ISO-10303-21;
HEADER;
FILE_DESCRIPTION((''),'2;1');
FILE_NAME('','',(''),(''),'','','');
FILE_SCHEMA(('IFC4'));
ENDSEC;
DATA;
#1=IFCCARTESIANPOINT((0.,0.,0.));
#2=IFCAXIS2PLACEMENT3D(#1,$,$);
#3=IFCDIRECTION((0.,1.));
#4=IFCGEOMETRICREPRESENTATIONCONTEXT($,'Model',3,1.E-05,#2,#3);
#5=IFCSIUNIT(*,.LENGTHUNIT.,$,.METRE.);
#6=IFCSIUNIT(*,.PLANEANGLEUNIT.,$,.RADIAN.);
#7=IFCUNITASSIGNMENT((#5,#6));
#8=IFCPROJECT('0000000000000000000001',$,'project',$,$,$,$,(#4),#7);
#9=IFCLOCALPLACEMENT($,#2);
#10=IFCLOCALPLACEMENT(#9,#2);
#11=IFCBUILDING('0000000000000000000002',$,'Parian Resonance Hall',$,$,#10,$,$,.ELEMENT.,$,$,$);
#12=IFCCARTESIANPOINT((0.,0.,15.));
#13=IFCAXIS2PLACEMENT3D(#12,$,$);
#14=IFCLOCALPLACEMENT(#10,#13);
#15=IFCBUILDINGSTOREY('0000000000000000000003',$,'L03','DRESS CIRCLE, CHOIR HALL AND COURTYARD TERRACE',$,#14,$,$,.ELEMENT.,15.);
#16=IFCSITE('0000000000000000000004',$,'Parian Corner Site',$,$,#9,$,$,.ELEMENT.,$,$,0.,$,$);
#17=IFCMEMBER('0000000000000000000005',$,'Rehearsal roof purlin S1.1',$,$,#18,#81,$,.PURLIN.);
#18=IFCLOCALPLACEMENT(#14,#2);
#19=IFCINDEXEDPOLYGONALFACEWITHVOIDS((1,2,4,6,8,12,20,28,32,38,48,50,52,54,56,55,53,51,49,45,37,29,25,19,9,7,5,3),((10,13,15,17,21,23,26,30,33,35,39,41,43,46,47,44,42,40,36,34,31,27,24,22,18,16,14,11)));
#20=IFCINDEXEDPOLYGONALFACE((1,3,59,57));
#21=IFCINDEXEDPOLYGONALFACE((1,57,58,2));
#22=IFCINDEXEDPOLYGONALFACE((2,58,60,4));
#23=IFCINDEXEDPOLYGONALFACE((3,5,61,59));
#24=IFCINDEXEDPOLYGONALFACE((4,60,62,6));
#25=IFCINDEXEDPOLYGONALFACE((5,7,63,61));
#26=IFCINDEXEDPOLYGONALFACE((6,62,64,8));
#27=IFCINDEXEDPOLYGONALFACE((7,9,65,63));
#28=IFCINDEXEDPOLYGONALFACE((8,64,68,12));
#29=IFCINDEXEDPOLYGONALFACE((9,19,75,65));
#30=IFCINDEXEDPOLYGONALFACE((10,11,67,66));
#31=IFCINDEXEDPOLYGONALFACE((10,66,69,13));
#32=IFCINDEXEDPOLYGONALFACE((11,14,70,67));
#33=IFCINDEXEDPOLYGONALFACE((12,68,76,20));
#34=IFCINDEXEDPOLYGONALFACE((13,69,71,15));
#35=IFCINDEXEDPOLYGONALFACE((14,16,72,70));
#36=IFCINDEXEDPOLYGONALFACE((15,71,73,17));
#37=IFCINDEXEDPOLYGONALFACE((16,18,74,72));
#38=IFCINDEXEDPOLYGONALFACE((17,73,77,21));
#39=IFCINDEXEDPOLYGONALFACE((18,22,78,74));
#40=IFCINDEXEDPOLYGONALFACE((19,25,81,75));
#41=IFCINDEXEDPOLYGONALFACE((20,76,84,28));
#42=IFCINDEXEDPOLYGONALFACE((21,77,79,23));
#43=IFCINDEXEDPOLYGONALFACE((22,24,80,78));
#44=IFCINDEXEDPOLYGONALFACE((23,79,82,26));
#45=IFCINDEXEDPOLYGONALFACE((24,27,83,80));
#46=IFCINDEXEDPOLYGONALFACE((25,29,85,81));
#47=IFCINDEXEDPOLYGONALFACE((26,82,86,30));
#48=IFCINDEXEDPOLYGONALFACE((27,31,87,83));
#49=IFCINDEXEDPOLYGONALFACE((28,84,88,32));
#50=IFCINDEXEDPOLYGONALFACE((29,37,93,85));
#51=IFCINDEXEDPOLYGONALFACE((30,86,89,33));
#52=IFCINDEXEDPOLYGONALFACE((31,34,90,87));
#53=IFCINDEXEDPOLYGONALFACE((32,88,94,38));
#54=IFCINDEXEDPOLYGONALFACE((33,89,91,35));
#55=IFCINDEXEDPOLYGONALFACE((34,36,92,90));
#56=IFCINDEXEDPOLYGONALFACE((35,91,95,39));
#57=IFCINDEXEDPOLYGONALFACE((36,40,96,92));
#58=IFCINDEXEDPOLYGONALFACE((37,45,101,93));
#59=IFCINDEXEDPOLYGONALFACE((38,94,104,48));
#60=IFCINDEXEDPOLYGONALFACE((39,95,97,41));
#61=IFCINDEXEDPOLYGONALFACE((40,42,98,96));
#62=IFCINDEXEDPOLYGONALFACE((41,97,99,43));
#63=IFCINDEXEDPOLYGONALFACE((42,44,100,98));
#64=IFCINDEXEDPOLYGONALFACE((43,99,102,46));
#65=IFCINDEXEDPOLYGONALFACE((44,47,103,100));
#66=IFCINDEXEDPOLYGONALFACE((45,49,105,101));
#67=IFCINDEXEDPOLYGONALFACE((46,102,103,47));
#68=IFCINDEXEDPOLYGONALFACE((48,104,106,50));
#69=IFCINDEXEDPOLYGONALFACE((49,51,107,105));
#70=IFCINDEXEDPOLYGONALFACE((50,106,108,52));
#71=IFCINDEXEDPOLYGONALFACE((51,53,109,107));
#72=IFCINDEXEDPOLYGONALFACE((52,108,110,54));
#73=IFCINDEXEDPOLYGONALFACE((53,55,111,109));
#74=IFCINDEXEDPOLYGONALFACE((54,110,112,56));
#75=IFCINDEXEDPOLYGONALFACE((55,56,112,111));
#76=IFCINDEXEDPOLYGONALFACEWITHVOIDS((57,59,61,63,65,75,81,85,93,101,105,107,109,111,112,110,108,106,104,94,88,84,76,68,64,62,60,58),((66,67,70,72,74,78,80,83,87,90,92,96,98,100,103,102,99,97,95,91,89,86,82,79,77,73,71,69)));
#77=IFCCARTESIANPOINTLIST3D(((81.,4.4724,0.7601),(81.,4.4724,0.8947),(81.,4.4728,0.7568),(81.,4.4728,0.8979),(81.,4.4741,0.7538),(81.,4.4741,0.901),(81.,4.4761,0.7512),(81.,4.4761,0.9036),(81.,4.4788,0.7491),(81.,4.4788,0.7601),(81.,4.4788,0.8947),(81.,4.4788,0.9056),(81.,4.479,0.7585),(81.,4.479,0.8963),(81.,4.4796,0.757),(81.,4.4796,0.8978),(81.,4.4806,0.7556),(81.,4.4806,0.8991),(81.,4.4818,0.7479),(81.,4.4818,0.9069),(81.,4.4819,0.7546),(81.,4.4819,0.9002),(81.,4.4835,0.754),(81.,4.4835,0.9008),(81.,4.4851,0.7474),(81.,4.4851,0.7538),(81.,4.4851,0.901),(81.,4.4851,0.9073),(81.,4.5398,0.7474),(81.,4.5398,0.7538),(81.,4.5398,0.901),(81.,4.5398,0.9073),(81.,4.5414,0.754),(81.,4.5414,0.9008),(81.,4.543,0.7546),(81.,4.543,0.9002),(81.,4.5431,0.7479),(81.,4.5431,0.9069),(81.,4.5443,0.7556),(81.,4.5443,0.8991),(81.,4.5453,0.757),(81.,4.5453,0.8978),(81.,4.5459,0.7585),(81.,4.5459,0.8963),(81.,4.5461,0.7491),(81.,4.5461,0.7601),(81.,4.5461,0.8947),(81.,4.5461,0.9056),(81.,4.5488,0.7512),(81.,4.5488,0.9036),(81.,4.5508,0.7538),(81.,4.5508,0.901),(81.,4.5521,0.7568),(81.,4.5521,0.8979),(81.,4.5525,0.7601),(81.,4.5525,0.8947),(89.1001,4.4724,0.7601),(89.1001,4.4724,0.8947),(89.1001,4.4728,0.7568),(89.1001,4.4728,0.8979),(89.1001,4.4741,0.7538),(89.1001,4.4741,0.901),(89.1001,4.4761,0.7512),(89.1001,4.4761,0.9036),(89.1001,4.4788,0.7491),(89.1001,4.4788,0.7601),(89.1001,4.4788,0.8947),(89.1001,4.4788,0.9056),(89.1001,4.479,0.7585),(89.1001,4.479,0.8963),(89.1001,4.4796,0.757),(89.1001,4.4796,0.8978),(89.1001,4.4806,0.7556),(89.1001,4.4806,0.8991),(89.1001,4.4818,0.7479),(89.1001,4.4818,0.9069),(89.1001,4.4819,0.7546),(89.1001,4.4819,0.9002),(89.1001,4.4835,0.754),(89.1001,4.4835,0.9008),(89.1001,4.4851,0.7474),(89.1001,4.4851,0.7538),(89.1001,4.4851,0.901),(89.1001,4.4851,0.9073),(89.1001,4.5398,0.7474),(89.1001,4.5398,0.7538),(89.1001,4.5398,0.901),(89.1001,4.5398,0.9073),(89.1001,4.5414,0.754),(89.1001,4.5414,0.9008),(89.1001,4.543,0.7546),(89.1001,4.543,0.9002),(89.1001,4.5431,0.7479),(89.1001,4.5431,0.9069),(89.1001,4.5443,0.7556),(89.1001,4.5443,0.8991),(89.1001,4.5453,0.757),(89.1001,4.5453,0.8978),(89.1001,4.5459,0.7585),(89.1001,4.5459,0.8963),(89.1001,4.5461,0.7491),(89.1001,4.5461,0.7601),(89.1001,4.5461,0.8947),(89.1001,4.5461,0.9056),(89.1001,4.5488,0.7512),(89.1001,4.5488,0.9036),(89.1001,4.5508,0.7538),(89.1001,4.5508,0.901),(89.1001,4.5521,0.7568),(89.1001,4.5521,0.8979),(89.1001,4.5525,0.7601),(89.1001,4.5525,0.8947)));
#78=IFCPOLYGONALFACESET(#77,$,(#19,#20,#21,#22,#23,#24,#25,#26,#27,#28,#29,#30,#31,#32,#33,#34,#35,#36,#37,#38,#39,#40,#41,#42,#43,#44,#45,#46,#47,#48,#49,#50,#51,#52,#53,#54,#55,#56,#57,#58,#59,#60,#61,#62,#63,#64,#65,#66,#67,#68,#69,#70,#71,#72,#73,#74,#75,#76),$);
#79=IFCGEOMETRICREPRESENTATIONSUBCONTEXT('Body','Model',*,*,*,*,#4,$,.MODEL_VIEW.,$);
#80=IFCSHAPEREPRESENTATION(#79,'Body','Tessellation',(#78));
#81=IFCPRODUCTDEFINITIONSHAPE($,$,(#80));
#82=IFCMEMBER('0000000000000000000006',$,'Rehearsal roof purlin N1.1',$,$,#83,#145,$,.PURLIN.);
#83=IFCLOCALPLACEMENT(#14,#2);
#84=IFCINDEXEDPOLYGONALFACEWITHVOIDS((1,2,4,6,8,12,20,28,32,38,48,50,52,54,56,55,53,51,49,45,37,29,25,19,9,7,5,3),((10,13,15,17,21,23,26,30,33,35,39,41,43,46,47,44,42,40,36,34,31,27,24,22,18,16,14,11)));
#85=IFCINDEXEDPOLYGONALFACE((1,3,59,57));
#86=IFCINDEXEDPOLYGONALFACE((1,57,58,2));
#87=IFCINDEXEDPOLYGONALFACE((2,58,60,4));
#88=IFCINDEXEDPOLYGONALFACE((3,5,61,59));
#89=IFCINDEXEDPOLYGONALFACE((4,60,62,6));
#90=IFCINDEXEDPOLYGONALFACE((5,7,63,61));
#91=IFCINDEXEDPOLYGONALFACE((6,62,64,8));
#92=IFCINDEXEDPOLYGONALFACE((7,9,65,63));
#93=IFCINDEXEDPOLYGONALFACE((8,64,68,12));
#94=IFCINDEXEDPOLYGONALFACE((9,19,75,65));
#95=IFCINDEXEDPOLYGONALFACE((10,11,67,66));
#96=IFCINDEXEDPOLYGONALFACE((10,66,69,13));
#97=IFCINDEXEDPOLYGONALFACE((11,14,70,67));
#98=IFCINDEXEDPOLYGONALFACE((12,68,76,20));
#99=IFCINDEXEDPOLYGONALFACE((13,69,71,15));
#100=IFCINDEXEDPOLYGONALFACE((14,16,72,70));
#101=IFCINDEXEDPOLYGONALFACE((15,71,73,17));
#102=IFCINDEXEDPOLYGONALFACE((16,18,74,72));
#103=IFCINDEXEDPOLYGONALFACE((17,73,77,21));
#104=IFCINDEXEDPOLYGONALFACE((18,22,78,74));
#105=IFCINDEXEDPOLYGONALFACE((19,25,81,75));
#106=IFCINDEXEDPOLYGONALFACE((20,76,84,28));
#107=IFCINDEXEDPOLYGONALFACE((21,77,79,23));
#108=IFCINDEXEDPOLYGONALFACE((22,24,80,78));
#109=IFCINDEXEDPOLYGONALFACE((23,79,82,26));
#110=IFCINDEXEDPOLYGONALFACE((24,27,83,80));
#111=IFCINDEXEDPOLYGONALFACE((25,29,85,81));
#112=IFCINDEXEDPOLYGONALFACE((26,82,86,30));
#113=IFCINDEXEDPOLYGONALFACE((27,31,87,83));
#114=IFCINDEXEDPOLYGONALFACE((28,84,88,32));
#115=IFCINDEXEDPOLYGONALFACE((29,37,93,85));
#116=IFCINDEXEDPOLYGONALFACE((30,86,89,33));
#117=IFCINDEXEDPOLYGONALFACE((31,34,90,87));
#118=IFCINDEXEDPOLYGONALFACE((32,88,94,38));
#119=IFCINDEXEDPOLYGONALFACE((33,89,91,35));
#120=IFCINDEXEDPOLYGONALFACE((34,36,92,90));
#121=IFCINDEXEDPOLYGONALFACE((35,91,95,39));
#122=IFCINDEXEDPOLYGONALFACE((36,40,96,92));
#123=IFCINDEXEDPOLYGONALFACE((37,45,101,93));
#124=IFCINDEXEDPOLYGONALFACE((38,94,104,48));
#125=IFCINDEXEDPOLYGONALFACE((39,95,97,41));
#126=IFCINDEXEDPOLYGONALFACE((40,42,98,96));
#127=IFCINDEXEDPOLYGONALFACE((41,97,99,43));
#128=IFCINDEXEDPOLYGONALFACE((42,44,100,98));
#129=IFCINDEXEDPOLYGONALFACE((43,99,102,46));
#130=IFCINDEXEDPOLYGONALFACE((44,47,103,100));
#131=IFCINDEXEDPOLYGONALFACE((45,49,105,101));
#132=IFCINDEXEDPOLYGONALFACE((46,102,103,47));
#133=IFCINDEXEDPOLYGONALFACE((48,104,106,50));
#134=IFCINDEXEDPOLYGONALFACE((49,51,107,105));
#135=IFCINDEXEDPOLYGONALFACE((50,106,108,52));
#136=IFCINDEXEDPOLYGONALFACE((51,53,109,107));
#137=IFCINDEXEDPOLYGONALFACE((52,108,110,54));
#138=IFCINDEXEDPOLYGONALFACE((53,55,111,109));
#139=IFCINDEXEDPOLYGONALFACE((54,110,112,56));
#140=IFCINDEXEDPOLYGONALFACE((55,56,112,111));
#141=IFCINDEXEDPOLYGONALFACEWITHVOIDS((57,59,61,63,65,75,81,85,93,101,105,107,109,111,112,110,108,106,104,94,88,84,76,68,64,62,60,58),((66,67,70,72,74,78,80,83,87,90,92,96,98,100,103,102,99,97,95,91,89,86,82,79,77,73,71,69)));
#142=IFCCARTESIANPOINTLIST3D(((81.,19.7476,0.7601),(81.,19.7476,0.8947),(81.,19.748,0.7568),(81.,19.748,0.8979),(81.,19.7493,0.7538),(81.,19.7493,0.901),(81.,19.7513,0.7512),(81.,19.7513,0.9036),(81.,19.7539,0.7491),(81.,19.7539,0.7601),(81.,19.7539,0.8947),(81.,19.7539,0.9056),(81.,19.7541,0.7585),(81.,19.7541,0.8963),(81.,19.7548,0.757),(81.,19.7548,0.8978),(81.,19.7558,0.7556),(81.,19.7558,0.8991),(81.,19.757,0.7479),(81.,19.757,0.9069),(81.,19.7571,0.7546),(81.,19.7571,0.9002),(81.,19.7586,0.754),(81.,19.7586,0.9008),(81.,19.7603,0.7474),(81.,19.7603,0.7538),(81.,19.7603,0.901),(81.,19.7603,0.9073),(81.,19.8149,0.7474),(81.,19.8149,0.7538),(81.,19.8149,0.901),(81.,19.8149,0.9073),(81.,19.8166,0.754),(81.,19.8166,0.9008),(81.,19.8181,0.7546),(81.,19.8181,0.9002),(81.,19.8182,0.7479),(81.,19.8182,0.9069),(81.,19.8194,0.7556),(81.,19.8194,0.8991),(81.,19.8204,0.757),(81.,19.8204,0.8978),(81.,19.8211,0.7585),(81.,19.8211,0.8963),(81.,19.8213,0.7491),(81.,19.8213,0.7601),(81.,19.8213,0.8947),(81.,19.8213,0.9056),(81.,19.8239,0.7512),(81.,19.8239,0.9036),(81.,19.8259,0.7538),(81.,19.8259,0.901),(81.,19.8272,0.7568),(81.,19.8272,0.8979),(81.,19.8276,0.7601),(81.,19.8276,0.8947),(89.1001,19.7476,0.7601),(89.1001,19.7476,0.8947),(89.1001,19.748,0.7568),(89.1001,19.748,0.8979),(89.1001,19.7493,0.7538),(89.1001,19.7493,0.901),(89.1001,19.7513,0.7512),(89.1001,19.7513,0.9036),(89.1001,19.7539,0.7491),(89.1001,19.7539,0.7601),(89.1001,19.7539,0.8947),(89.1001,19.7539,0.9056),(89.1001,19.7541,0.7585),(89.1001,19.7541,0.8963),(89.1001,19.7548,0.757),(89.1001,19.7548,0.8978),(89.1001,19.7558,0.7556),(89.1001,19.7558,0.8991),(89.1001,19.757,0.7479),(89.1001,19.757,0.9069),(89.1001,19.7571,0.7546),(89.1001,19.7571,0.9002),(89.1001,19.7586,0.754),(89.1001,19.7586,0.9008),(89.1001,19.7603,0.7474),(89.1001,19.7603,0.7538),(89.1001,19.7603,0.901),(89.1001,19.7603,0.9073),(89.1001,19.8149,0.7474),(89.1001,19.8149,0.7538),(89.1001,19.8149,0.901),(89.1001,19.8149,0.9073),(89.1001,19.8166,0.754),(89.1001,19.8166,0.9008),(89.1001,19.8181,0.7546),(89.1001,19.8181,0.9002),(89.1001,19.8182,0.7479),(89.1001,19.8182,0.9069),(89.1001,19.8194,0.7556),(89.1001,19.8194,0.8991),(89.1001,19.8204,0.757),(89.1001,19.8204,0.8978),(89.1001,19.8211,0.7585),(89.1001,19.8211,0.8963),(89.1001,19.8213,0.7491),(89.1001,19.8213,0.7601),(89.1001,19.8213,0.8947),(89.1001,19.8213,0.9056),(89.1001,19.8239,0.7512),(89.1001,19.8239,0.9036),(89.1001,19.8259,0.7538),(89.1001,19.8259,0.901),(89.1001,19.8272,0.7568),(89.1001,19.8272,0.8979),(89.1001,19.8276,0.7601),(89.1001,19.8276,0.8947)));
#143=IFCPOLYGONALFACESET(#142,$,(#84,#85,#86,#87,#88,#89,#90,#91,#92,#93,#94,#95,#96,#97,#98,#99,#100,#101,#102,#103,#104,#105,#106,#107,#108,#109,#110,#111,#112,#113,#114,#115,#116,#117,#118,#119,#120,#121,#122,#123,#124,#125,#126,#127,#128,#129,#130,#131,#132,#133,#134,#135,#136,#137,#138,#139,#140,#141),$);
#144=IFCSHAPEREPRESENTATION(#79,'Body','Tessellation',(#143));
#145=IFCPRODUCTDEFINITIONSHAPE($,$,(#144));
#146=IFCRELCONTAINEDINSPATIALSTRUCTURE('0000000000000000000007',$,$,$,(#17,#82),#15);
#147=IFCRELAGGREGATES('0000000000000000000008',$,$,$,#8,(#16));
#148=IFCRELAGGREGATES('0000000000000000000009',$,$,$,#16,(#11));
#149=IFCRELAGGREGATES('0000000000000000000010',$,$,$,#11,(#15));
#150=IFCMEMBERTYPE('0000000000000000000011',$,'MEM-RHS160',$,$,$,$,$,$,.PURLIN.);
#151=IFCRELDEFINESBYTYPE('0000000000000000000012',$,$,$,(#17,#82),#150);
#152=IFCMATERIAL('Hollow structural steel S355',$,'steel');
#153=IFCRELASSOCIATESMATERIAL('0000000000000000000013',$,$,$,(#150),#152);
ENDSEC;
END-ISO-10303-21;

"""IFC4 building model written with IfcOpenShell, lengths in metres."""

from ifc_helpers import new_model, si_unit, direction, frame, origin, origin_2d, place, context, subcontext, project, spatial, hollow_rectangle, extrude, material, material_profile, profile_set, type_object, element, save


model = new_model("IFC4")

# Units and contexts
model_context = context("Model", 3, precision=1e-05, world=origin(), true_north=direction((0.0, 1.0)))
body_context = subcontext(model_context, "Body", "Model", "MODEL_VIEW")
ifc_project = project(units=[si_unit("LENGTHUNIT", "METRE"), si_unit("PLANEANGLEUNIT", "RADIAN")], contexts=[model_context])

# Site, building, storey
site_placement = place(None, origin())
site = spatial("IfcSite", under=ifc_project, at=site_placement, Name="Parian Corner Site", CompositionType="ELEMENT", RefElevation=0.0)
building_placement = place(site_placement, origin())
building = spatial("IfcBuilding", under=site, at=building_placement, Name="Parian Resonance Hall", CompositionType="ELEMENT")
storey_placement = place(building_placement, frame((0.0, 0.0, 15.0)))
storey = spatial("IfcBuildingStorey", under=building, at=storey_placement, Name="L03", Description="DRESS CIRCLE, CHOIR HALL AND COURTYARD TERRACE", CompositionType="ELEMENT", Elevation=15.0)

# Members
ifc_material_1 = material(Name="Hollow structural steel S355", Category="steel")
ifc_material_profile_1 = material_profile(ifc_material_1, hollow_rectangle(XDim=0.0801, YDim=0.1599, WallThickness=0.0063, InnerFilletRadius=0.0063, OuterFilletRadius=0.0127, at=origin_2d()), Name="RHS160x80x6.3")
ifc_profile_set_1 = profile_set([ifc_material_profile_1], Name="Hollow structural steel S355")
member_type_1 = type_object("IfcMemberType", Name="MEM-RHS160", PredefinedType="PURLIN", material=ifc_profile_set_1)
for number, where, z_axis, x_axis, name in (
    (1, (81.0, 4.5125, 0.8274), (1.0, 0.0, 0.0), (0.0, 1.0, 0.0), "Rehearsal roof purlin S1.1"),
    (2, (81.0, 19.7876, 0.8274), (1.0, 0.0, 0.0), (0.0, 1.0, 0.0), "Rehearsal roof purlin N1.1"),
):
    element("IfcMember", number, at=place(storey_placement, frame(where, z_axis=z_axis, x_axis=x_axis)), inside=storey, type_object=member_type_1, Name=name, PredefinedType="PURLIN", context=body_context, shape_type="SweptSolid", body=[
        extrude(hollow_rectangle(XDim=0.0801, YDim=0.1599, WallThickness=0.0063, InnerFilletRadius=0.0063, OuterFilletRadius=0.0127, at=origin_2d()), origin(), (0.0, 0.0, 1.0), 8.1001),
    ])

save(model, "model.ifc")
